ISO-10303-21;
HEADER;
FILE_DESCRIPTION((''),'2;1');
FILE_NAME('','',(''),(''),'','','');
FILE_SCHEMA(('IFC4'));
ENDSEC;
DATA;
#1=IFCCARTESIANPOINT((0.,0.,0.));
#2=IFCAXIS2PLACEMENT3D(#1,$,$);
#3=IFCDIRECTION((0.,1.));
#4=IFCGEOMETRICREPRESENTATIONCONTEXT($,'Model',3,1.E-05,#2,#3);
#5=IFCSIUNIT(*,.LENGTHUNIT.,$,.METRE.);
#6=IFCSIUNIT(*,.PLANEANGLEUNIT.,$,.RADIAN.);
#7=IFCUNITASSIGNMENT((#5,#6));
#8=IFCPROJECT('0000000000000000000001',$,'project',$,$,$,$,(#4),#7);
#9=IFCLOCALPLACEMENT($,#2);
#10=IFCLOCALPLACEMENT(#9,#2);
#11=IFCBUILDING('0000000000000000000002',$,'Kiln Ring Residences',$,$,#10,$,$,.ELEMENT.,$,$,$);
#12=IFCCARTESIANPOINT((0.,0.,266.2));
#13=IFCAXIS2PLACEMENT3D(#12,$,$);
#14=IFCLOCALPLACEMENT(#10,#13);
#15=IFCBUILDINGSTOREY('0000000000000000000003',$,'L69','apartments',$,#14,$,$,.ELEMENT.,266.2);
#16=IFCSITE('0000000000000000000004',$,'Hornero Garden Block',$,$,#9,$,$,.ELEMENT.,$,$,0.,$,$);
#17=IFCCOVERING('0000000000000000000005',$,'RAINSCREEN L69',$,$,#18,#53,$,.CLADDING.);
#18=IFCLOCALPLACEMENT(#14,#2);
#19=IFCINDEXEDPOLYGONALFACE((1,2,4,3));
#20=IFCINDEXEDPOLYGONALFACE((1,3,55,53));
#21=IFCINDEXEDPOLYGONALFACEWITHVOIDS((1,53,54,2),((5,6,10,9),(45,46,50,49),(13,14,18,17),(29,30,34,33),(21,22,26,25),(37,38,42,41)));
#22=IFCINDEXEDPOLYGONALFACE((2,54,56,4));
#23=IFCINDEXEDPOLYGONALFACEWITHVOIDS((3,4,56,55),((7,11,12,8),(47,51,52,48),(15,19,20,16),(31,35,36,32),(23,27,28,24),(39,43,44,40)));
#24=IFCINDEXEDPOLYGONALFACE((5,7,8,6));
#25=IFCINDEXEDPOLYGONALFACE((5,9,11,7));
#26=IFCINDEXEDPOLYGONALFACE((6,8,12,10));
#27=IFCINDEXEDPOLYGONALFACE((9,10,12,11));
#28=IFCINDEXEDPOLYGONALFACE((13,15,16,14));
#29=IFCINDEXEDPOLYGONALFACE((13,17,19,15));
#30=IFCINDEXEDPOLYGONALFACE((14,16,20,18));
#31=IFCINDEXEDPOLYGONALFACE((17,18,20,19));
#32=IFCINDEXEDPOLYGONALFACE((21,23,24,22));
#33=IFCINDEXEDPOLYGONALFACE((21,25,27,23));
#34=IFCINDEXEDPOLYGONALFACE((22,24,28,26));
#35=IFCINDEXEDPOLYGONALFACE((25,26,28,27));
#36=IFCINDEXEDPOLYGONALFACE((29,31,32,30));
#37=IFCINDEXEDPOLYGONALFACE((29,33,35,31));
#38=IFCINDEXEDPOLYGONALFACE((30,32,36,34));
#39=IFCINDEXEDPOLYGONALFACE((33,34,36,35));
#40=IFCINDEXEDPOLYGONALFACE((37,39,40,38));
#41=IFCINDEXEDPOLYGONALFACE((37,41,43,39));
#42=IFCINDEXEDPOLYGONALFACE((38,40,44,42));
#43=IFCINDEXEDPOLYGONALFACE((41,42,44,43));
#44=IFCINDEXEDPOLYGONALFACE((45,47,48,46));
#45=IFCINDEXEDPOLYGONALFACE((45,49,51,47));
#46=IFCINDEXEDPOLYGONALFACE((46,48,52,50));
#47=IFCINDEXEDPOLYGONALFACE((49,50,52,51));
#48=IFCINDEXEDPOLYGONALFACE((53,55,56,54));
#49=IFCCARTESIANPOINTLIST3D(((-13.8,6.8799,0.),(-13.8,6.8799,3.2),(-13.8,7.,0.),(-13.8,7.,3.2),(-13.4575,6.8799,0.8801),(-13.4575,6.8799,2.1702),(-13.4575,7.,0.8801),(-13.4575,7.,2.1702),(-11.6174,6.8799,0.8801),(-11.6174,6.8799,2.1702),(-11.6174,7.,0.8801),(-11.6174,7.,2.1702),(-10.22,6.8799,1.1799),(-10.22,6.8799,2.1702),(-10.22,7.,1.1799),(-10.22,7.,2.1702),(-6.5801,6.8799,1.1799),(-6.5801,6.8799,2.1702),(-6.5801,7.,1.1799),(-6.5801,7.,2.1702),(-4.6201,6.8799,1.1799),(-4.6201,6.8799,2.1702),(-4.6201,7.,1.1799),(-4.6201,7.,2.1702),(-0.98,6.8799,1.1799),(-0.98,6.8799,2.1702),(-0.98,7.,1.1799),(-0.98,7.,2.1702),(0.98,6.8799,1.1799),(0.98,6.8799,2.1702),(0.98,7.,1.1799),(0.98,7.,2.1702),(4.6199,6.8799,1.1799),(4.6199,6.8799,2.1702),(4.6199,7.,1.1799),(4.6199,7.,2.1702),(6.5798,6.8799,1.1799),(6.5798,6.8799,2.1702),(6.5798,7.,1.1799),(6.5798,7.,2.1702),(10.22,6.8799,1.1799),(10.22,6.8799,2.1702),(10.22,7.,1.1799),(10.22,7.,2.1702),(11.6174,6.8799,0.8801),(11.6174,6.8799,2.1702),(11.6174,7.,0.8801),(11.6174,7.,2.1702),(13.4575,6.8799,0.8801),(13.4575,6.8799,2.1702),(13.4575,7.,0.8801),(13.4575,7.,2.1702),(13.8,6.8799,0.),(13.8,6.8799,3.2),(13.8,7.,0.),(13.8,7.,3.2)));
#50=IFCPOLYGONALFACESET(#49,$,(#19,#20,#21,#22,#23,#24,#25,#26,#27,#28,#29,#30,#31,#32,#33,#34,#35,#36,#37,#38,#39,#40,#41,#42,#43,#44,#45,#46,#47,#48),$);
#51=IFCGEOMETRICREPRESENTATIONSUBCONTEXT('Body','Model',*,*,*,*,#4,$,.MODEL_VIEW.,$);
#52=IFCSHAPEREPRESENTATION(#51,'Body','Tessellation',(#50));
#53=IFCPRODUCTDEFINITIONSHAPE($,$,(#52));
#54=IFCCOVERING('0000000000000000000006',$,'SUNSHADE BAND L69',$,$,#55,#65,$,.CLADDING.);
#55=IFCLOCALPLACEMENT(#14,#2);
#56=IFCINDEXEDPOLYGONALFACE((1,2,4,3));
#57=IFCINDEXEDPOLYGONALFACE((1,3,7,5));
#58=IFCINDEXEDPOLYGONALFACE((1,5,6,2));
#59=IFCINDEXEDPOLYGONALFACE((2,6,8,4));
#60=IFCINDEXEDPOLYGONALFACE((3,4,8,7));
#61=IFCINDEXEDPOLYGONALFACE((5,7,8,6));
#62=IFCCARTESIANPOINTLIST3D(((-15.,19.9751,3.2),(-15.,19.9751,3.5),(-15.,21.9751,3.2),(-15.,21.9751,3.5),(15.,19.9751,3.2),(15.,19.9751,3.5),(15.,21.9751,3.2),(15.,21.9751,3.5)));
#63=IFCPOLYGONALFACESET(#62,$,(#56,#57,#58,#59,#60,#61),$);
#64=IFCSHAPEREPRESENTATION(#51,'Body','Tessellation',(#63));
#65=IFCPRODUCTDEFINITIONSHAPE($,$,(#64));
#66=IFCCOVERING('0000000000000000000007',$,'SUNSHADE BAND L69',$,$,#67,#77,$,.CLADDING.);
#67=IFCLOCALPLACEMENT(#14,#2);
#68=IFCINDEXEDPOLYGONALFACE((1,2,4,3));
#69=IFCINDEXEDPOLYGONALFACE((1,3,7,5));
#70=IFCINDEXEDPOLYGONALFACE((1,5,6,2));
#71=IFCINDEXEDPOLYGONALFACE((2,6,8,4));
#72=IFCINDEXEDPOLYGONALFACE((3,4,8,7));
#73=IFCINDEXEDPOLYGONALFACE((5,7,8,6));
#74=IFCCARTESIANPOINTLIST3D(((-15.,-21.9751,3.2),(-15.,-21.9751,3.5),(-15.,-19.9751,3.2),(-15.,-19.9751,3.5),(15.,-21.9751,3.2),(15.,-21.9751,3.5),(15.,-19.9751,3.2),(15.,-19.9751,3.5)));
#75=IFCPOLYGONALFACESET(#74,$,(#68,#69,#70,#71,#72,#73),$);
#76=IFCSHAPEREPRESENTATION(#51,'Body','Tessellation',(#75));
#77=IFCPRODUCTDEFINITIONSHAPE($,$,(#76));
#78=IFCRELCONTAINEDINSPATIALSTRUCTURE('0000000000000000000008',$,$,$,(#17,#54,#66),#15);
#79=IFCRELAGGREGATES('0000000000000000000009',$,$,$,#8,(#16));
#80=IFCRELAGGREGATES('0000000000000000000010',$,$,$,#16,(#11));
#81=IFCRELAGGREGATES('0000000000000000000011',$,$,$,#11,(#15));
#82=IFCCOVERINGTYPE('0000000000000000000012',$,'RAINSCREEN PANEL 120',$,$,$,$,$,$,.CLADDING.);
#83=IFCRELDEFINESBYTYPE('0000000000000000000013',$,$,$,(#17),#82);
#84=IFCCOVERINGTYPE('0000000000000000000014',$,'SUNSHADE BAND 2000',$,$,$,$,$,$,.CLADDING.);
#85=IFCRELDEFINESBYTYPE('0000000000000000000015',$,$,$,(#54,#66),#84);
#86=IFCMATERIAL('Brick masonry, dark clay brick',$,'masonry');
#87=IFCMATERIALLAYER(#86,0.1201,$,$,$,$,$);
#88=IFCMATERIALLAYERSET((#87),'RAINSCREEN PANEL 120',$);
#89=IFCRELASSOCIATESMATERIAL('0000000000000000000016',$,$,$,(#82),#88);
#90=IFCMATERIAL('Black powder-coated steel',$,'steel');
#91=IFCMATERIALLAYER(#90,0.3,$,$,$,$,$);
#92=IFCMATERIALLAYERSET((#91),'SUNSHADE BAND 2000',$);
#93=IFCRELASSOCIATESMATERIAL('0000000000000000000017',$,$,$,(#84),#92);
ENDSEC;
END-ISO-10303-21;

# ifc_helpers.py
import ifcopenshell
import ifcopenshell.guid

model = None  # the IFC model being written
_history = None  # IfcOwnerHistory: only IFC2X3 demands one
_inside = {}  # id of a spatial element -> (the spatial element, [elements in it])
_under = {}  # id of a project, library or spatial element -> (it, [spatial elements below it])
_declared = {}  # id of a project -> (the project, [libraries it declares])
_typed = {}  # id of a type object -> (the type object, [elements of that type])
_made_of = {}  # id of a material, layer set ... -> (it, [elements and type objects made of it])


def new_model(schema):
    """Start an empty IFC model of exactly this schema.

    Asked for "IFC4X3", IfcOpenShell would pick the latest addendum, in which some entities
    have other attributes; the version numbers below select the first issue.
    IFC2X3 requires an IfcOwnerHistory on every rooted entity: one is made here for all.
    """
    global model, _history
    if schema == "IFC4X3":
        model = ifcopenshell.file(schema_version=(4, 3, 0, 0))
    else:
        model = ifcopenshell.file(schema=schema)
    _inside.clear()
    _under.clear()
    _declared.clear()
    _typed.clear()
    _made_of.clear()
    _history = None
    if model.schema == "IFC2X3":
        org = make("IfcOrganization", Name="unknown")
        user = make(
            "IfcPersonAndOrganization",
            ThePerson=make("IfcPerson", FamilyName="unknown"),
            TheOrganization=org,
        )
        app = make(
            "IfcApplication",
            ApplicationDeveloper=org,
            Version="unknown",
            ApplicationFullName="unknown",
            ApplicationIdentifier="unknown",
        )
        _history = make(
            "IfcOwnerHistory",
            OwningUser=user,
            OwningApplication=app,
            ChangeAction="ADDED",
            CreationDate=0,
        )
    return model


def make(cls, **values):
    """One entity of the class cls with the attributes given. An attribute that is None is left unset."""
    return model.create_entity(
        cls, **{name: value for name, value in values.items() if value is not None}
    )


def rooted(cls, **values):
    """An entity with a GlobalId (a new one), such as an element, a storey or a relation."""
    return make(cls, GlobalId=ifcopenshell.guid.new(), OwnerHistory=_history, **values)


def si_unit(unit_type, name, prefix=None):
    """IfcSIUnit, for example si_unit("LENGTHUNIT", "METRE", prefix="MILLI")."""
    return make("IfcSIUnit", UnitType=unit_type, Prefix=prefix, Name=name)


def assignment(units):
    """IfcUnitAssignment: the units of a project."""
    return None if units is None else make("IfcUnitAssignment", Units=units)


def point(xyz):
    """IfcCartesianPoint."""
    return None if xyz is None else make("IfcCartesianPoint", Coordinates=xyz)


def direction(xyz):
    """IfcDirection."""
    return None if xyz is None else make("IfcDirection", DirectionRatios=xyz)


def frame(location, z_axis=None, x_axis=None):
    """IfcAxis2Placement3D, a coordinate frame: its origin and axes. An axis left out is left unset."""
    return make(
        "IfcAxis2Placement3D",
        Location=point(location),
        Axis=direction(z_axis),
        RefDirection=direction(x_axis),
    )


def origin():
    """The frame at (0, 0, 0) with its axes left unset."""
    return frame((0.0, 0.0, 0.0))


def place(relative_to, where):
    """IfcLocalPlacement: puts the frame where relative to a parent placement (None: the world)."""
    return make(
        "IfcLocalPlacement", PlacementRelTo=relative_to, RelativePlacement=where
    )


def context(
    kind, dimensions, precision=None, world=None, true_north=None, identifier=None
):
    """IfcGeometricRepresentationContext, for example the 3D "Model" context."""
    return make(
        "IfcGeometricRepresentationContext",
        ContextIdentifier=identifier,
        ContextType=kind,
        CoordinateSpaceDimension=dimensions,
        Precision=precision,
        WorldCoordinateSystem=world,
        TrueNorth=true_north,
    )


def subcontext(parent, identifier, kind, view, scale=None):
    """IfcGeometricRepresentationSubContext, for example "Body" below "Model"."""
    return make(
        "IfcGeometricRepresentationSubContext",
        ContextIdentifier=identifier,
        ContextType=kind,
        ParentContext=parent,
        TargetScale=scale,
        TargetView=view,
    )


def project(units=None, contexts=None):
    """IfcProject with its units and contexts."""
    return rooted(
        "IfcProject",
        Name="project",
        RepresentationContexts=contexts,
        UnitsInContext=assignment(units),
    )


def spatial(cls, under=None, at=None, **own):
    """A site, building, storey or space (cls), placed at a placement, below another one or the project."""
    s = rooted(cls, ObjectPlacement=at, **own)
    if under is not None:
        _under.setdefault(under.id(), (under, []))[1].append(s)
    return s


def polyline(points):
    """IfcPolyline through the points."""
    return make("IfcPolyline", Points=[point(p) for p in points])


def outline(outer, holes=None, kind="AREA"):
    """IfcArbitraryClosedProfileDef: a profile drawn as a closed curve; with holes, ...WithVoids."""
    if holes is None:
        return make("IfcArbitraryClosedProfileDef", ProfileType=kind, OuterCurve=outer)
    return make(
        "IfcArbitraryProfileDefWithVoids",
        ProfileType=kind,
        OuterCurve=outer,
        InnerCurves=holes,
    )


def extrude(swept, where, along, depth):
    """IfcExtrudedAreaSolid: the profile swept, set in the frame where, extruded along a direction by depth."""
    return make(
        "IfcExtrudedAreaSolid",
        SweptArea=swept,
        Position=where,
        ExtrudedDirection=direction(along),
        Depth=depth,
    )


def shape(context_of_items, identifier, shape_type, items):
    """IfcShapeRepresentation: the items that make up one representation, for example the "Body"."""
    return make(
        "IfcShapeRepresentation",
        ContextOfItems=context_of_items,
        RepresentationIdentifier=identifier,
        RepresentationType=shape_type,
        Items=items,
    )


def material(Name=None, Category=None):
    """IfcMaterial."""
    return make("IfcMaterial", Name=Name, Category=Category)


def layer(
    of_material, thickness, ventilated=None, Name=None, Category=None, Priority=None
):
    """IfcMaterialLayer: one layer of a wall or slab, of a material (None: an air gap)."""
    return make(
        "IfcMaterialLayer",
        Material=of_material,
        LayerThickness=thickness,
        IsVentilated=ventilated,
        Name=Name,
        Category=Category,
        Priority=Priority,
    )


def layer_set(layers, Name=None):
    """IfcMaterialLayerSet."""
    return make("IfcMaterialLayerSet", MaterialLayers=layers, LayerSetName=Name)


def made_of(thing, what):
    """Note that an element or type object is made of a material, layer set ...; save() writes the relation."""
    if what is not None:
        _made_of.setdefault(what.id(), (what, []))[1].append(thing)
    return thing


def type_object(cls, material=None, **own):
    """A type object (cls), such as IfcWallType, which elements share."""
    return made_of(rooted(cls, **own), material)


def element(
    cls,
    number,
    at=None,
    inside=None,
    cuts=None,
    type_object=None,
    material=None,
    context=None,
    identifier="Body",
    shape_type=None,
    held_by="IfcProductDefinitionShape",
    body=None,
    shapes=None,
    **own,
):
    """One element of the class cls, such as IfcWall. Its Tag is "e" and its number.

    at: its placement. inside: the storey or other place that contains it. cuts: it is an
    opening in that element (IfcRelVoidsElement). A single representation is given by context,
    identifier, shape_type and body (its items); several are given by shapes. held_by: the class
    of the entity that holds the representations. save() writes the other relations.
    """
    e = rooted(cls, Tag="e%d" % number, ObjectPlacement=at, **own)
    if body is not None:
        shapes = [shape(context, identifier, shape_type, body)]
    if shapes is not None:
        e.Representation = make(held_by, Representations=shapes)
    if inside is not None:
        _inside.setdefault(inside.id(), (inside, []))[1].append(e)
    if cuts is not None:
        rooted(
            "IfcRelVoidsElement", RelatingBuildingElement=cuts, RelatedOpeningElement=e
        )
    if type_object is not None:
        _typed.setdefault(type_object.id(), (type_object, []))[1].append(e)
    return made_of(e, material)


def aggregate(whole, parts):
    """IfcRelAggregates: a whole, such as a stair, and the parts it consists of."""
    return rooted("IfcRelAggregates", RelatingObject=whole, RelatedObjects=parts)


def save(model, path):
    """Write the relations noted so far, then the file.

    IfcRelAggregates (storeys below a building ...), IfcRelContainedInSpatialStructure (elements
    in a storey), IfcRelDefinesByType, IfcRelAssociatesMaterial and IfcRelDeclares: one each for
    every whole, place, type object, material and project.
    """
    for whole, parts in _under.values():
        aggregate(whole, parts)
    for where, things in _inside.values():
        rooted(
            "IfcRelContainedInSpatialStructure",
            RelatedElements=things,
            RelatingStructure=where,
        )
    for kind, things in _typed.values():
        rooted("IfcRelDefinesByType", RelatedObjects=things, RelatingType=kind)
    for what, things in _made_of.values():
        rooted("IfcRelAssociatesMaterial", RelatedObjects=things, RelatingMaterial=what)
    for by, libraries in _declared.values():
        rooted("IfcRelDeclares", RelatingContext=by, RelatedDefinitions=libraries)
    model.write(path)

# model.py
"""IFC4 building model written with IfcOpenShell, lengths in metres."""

from ifc_helpers import new_model, si_unit, direction, frame, origin, place, context, subcontext, project, spatial, polyline, outline, extrude, material, layer, layer_set, type_object, element, save


model = new_model("IFC4")

# Units and contexts
model_context = context("Model", 3, precision=1e-05, world=origin(), true_north=direction((0.0, 1.0)))
body_context = subcontext(model_context, "Body", "Model", "MODEL_VIEW")
ifc_project = project(units=[si_unit("LENGTHUNIT", "METRE"), si_unit("PLANEANGLEUNIT", "RADIAN")], contexts=[model_context])

# Site, building, storey
site_placement = place(None, origin())
site = spatial("IfcSite", under=ifc_project, at=site_placement, Name="Hornero Garden Block", CompositionType="ELEMENT", RefElevation=0.0)
building_placement = place(site_placement, origin())
building = spatial("IfcBuilding", under=site, at=building_placement, Name="Kiln Ring Residences", CompositionType="ELEMENT")
storey_placement = place(building_placement, frame((0.0, 0.0, 266.2)))
storey = spatial("IfcBuildingStorey", under=building, at=storey_placement, Name="L69", Description="apartments", CompositionType="ELEMENT", Elevation=266.2)

# Coverings
ifc_material_1 = material(Name="Brick masonry, dark clay brick", Category="masonry")
ifc_layer_1 = layer(ifc_material_1, 0.1201)
ifc_layer_set_1 = layer_set([ifc_layer_1], Name="RAINSCREEN PANEL 120")
covering_type_1 = type_object("IfcCoveringType", Name="RAINSCREEN PANEL 120", PredefinedType="CLADDING", material=ifc_layer_set_1)
covering_1_placement = place(storey_placement, frame((-13.8, 6.9399, 0.0), z_axis=(0.0, 0.0, 1.0), x_axis=(1.0, 0.0, 0.0)))
element("IfcCovering", 1, at=covering_1_placement, inside=storey, type_object=covering_type_1, Name="RAINSCREEN L69", PredefinedType="CLADDING", context=body_context, shape_type="SweptSolid", body=[
    extrude(outline(polyline([(0.0, 0.0), (27.6001, 0.0), (27.6001, 3.2), (0.0, 3.2), (0.0, 0.0)]), holes=[polyline([(2.1826, 0.8801), (2.1826, 2.1702), (0.3425, 2.1702), (0.3425, 0.8801), (2.1826, 0.8801)]), polyline([(25.4175, 0.8801), (27.2576, 0.8801), (27.2576, 2.1702), (25.4175, 2.1702), (25.4175, 0.8801)]), polyline([(3.5801, 1.1799), (7.22, 1.1799), (7.22, 2.1702), (3.5801, 2.1702), (3.5801, 1.1799)]), polyline([(12.8201, 1.1799), (12.8201, 2.1702), (9.1799, 2.1702), (9.1799, 1.1799), (12.8201, 1.1799)]), polyline([(14.78, 1.1799), (18.4199, 1.1799), (18.4199, 2.1702), (14.78, 2.1702), (14.78, 1.1799)]), polyline([(20.3799, 1.1799), (24.02, 1.1799), (24.02, 2.1702), (20.3799, 2.1702), (20.3799, 1.1799)])]), frame((0.0, 0.0601, 0.0), z_axis=(0.0, -1.0, 0.0), x_axis=(1.0, 0.0, 0.0)), (0.0, 0.0, 1.0), 0.1201),
])
ifc_material_2 = material(Name="Black powder-coated steel", Category="steel")
ifc_layer_2 = layer(ifc_material_2, 0.3)
ifc_layer_set_2 = layer_set([ifc_layer_2], Name="SUNSHADE BAND 2000")
covering_type_2 = type_object("IfcCoveringType", Name="SUNSHADE BAND 2000", PredefinedType="CLADDING", material=ifc_layer_set_2)
placement_1 = place(storey_placement, frame((0.0, 0.0, 3.2)))
element("IfcCovering", 2, at=placement_1, inside=storey, type_object=covering_type_2, Name="SUNSHADE BAND L69", PredefinedType="CLADDING", context=body_context, shape_type="SweptSolid", body=[
    extrude(outline(polyline([(15.0, 21.9751), (-15.0, 21.9751), (-15.0, 19.9751), (15.0, 19.9751), (15.0, 21.9751)])), origin(), (0.0, 0.0, 1.0), 0.3),
])
element("IfcCovering", 3, at=placement_1, inside=storey, type_object=covering_type_2, Name="SUNSHADE BAND L69", PredefinedType="CLADDING", context=body_context, shape_type="SweptSolid", body=[
    extrude(outline(polyline([(-15.0, -21.9751), (15.0, -21.9751), (15.0, -19.9751), (-15.0, -19.9751), (-15.0, -21.9751)])), origin(), (0.0, 0.0, 1.0), 0.3),
])

save(model, "model.ifc")
